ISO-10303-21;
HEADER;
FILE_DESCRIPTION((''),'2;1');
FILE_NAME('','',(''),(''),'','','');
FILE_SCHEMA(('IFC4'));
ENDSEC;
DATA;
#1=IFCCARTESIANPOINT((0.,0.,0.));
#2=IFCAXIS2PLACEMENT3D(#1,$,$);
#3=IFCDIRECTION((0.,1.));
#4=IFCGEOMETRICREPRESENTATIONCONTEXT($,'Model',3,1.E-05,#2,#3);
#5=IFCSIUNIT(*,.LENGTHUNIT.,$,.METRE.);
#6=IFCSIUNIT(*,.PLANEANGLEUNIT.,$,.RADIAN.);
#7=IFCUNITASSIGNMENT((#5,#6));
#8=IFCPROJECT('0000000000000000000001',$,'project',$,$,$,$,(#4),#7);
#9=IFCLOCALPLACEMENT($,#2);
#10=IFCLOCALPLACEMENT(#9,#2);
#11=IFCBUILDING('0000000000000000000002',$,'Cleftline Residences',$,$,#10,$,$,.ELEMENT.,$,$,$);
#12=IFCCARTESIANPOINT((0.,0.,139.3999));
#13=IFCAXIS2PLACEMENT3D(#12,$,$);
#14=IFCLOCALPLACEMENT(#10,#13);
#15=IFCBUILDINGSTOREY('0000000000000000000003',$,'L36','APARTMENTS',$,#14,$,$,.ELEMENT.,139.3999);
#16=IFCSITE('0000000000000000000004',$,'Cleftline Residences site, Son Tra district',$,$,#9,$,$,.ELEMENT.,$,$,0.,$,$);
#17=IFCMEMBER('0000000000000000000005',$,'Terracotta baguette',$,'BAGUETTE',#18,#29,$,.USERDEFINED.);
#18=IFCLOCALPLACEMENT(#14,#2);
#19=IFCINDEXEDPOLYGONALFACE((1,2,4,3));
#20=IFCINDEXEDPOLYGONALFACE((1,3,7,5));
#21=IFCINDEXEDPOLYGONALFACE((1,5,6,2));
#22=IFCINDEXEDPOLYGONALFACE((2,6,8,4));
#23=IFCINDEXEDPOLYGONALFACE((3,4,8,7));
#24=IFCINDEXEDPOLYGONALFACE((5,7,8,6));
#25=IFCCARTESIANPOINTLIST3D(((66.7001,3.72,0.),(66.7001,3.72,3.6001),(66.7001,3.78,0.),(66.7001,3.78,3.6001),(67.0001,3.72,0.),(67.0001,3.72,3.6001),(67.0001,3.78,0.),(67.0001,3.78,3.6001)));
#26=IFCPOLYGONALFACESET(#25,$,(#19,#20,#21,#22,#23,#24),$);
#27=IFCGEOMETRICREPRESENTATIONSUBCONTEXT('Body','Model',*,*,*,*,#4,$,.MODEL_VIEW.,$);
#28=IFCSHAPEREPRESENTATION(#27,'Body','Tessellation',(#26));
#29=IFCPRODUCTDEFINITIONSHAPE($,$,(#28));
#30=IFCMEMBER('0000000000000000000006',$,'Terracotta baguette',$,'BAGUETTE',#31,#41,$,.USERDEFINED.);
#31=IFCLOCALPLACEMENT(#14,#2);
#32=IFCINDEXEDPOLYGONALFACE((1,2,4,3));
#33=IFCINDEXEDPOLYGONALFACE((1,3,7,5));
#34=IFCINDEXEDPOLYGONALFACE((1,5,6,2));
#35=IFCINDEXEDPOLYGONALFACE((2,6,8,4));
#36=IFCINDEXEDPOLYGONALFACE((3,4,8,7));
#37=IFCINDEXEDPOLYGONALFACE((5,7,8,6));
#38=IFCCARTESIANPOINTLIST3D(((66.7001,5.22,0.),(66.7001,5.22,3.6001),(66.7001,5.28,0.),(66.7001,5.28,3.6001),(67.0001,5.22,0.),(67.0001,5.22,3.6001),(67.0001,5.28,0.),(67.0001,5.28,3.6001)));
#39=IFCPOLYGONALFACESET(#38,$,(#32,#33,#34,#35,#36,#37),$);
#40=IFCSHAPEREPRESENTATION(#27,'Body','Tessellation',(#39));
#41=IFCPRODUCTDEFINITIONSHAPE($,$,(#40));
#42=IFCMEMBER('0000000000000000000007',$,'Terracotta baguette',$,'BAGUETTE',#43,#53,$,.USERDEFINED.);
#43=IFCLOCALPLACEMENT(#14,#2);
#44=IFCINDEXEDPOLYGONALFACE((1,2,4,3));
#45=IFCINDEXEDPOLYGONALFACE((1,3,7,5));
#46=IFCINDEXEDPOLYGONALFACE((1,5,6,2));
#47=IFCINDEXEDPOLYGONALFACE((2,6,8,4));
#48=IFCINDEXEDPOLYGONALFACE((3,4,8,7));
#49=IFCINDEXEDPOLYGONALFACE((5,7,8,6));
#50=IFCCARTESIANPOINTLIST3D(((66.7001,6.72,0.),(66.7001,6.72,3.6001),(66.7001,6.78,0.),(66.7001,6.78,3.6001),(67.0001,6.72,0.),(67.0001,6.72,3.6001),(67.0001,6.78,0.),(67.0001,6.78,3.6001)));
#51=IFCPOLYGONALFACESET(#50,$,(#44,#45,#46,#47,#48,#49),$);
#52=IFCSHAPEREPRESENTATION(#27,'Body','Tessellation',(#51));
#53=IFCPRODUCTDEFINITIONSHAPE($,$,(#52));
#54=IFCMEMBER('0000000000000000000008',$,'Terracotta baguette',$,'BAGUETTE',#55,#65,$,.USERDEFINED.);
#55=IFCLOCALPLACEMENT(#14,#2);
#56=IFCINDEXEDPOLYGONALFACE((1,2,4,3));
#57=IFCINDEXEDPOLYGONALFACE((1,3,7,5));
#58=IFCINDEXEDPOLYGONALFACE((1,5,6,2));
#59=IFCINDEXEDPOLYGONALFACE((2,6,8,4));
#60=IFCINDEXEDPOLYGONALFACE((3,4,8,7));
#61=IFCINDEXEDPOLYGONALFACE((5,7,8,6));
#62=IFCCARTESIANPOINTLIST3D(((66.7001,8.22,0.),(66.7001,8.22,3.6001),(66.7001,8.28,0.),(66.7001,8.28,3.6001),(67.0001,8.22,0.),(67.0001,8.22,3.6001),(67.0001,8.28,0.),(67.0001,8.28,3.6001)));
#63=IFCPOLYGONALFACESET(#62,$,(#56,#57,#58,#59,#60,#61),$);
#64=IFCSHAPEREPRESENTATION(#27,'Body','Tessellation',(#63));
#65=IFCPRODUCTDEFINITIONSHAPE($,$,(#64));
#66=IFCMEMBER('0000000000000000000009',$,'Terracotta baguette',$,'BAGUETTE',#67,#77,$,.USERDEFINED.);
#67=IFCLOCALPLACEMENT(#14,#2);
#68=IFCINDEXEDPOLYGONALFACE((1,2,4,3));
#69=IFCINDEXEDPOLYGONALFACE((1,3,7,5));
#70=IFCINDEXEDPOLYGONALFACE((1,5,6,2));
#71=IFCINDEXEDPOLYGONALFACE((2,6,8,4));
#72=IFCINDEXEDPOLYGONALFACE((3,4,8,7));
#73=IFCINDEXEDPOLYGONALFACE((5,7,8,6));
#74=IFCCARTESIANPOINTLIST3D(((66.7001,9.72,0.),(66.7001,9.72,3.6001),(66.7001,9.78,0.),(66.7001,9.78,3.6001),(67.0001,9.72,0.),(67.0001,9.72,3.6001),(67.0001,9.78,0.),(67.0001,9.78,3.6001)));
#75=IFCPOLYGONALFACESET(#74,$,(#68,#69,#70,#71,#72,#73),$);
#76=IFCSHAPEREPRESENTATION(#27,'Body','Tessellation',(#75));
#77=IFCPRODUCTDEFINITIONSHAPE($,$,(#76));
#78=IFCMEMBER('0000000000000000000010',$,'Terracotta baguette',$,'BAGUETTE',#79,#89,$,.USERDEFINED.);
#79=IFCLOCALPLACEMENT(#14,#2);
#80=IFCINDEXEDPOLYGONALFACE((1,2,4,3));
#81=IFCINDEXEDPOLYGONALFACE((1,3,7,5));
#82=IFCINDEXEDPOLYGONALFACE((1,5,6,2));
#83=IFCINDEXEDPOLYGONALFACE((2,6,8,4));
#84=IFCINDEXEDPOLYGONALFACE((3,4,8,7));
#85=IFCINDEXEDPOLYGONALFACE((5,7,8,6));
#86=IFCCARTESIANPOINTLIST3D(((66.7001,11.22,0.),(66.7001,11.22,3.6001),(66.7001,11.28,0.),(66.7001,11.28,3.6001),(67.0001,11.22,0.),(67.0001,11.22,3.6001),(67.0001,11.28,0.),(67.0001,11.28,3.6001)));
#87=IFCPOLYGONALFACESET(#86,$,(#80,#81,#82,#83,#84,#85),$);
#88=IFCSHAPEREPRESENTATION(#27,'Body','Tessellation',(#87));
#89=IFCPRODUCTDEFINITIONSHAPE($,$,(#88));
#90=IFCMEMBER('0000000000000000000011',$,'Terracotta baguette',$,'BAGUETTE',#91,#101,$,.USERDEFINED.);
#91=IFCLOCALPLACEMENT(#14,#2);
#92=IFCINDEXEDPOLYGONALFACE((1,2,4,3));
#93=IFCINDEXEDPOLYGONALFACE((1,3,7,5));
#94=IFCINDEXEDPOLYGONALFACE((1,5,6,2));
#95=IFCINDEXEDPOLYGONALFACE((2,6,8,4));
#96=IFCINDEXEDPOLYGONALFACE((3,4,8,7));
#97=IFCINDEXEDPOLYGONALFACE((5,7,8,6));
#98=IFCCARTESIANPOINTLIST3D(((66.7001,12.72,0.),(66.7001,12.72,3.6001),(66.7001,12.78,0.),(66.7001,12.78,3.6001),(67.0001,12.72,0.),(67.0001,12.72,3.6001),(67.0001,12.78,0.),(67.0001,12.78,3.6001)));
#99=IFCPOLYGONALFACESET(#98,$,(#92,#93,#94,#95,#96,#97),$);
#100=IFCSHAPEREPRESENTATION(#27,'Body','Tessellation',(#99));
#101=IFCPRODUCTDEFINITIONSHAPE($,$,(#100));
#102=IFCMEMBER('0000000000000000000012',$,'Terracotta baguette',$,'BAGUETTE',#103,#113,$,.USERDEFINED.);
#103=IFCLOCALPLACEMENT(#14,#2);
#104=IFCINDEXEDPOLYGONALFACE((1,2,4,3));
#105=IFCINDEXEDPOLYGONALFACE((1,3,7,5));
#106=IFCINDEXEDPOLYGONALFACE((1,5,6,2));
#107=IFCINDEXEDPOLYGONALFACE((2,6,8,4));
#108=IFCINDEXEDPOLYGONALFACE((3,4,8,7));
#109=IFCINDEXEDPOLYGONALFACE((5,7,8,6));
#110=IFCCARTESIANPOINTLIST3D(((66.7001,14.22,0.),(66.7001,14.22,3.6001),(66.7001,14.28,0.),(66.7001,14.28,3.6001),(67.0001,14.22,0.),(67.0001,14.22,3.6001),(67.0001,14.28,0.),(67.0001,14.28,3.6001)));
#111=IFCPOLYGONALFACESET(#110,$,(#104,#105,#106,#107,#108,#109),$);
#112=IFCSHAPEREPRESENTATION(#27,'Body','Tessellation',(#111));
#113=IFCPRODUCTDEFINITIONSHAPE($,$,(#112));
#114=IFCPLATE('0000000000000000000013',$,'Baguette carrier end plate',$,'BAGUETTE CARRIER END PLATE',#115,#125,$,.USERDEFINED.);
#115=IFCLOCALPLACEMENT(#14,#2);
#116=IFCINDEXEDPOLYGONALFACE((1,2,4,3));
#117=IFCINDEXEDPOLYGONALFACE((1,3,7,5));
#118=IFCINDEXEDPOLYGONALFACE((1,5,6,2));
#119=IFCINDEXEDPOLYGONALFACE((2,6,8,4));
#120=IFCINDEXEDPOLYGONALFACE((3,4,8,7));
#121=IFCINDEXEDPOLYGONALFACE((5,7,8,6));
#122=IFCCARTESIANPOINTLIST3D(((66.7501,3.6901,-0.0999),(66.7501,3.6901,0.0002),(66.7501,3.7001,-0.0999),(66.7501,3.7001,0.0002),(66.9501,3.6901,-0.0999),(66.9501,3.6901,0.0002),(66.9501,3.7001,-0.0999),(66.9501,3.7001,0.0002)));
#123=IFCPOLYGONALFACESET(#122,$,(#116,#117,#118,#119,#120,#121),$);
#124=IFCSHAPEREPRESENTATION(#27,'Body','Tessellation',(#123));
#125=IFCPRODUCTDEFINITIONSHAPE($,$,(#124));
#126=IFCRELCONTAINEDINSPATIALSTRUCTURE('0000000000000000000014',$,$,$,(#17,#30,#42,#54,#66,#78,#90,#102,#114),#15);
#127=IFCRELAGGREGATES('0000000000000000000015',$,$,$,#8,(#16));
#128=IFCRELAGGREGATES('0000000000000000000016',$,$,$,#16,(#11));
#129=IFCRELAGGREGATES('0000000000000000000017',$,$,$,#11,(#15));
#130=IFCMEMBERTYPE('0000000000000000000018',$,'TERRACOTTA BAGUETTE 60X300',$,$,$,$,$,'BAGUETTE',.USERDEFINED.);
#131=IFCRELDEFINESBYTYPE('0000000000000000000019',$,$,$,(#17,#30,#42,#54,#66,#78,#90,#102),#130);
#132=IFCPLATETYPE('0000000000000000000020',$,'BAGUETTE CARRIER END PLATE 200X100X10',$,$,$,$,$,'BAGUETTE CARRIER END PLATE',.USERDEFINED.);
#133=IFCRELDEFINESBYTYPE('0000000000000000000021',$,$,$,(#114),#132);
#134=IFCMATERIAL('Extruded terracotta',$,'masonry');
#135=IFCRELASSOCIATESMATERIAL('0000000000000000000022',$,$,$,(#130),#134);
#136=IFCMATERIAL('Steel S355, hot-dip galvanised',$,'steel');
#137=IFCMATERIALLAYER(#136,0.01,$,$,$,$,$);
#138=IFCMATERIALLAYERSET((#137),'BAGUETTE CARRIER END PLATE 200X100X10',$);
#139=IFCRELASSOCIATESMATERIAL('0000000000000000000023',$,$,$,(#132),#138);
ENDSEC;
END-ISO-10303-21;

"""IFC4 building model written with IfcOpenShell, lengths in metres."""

from ifc_helpers import new_model, si_unit, direction, frame, origin, origin_2d, place, context, subcontext, project, spatial, rectangle, extrude, material, layer, layer_set, material_profile, profile_set, type_object, element, save


model = new_model("IFC4")

# Units and contexts
model_context = context("Model", 3, precision=1e-05, world=origin(), true_north=direction((0.0, 1.0)))
body_context = subcontext(model_context, "Body", "Model", "MODEL_VIEW")
ifc_project = project(units=[si_unit("LENGTHUNIT", "METRE"), si_unit("PLANEANGLEUNIT", "RADIAN")], contexts=[model_context])

# Site, building, storey
site_placement = place(None, origin())
site = spatial("IfcSite", under=ifc_project, at=site_placement, Name="Cleftline Residences site, Son Tra district", CompositionType="ELEMENT", RefElevation=0.0)
building_placement = place(site_placement, origin())
building = spatial("IfcBuilding", under=site, at=building_placement, Name="Cleftline Residences", CompositionType="ELEMENT")
storey_placement = place(building_placement, frame((0.0, 0.0, 139.3999)))
storey = spatial("IfcBuildingStorey", under=building, at=storey_placement, Name="L36", Description="APARTMENTS", CompositionType="ELEMENT", Elevation=139.3999)

# Members
ifc_material_1 = material(Name="Extruded terracotta", Category="masonry")
ifc_material_profile_1 = material_profile(ifc_material_1, rectangle(XDim=0.0601, YDim=0.3, at=origin_2d()))
ifc_profile_set_1 = profile_set([ifc_material_profile_1], Name="Extruded terracotta")
member_type_1 = type_object("IfcMemberType", Name="TERRACOTTA BAGUETTE 60X300", ElementType="BAGUETTE", PredefinedType="USERDEFINED", material=ifc_profile_set_1)
for number, where, z_axis, x_axis, name in (
    (1, (66.8501, 3.75, 0.0), (0.0, 0.0, 1.0), (0.0, 1.0, 0.0), "Terracotta baguette"),
    (2, (66.8501, 5.25, 0.0), (0.0, 0.0, 1.0), (0.0, 1.0, 0.0), "Terracotta baguette"),
    (3, (66.8501, 6.75, 0.0), (0.0, 0.0, 1.0), (0.0, 1.0, 0.0), "Terracotta baguette"),
    (4, (66.8501, 8.25, 0.0), (0.0, 0.0, 1.0), (0.0, 1.0, 0.0), "Terracotta baguette"),
    (5, (66.8501, 9.75, 0.0), (0.0, 0.0, 1.0), (0.0, 1.0, 0.0), "Terracotta baguette"),
    (6, (66.8501, 11.25, 0.0), (0.0, 0.0, 1.0), (0.0, 1.0, 0.0), "Terracotta baguette"),
    (7, (66.8501, 12.75, 0.0), (0.0, 0.0, 1.0), (0.0, 1.0, 0.0), "Terracotta baguette"),
    (8, (66.8501, 14.25, 0.0), (0.0, 0.0, 1.0), (0.0, 1.0, 0.0), "Terracotta baguette"),
):
    element("IfcMember", number, at=place(storey_placement, frame(where, z_axis=z_axis, x_axis=x_axis)), inside=storey, type_object=member_type_1, Name=name, ObjectType="BAGUETTE", PredefinedType="USERDEFINED", context=body_context, shape_type="SweptSolid", body=[
        extrude(rectangle(XDim=0.0601, YDim=0.3, at=origin_2d()), origin(), (0.0, 0.0, 1.0), 3.6001),
    ])

# Plate
ifc_material_2 = material(Name="Steel S355, hot-dip galvanised", Category="steel")
ifc_layer_1 = layer(ifc_material_2, 0.01)
ifc_layer_set_1 = layer_set([ifc_layer_1], Name="BAGUETTE CARRIER END PLATE 200X100X10")
plate_type = type_object("IfcPlateType", Name="BAGUETTE CARRIER END PLATE 200X100X10", ElementType="BAGUETTE CARRIER END PLATE", PredefinedType="USERDEFINED", material=ifc_layer_set_1)
plate_placement = place(storey_placement, frame((66.8501, 3.6951, -0.0999), z_axis=(0.0, 0.0, 1.0), x_axis=(1.0, 0.0, 0.0)))
element("IfcPlate", 9, at=plate_placement, inside=storey, type_object=plate_type, Name="Baguette carrier end plate", ObjectType="BAGUETTE CARRIER END PLATE", PredefinedType="USERDEFINED", context=body_context, shape_type="SweptSolid", body=[
    extrude(rectangle(XDim=0.2, YDim=0.01, at=origin_2d()), origin(), (0.0, 0.0, 1.0), 0.1001),
])

save(model, "model.ifc")
